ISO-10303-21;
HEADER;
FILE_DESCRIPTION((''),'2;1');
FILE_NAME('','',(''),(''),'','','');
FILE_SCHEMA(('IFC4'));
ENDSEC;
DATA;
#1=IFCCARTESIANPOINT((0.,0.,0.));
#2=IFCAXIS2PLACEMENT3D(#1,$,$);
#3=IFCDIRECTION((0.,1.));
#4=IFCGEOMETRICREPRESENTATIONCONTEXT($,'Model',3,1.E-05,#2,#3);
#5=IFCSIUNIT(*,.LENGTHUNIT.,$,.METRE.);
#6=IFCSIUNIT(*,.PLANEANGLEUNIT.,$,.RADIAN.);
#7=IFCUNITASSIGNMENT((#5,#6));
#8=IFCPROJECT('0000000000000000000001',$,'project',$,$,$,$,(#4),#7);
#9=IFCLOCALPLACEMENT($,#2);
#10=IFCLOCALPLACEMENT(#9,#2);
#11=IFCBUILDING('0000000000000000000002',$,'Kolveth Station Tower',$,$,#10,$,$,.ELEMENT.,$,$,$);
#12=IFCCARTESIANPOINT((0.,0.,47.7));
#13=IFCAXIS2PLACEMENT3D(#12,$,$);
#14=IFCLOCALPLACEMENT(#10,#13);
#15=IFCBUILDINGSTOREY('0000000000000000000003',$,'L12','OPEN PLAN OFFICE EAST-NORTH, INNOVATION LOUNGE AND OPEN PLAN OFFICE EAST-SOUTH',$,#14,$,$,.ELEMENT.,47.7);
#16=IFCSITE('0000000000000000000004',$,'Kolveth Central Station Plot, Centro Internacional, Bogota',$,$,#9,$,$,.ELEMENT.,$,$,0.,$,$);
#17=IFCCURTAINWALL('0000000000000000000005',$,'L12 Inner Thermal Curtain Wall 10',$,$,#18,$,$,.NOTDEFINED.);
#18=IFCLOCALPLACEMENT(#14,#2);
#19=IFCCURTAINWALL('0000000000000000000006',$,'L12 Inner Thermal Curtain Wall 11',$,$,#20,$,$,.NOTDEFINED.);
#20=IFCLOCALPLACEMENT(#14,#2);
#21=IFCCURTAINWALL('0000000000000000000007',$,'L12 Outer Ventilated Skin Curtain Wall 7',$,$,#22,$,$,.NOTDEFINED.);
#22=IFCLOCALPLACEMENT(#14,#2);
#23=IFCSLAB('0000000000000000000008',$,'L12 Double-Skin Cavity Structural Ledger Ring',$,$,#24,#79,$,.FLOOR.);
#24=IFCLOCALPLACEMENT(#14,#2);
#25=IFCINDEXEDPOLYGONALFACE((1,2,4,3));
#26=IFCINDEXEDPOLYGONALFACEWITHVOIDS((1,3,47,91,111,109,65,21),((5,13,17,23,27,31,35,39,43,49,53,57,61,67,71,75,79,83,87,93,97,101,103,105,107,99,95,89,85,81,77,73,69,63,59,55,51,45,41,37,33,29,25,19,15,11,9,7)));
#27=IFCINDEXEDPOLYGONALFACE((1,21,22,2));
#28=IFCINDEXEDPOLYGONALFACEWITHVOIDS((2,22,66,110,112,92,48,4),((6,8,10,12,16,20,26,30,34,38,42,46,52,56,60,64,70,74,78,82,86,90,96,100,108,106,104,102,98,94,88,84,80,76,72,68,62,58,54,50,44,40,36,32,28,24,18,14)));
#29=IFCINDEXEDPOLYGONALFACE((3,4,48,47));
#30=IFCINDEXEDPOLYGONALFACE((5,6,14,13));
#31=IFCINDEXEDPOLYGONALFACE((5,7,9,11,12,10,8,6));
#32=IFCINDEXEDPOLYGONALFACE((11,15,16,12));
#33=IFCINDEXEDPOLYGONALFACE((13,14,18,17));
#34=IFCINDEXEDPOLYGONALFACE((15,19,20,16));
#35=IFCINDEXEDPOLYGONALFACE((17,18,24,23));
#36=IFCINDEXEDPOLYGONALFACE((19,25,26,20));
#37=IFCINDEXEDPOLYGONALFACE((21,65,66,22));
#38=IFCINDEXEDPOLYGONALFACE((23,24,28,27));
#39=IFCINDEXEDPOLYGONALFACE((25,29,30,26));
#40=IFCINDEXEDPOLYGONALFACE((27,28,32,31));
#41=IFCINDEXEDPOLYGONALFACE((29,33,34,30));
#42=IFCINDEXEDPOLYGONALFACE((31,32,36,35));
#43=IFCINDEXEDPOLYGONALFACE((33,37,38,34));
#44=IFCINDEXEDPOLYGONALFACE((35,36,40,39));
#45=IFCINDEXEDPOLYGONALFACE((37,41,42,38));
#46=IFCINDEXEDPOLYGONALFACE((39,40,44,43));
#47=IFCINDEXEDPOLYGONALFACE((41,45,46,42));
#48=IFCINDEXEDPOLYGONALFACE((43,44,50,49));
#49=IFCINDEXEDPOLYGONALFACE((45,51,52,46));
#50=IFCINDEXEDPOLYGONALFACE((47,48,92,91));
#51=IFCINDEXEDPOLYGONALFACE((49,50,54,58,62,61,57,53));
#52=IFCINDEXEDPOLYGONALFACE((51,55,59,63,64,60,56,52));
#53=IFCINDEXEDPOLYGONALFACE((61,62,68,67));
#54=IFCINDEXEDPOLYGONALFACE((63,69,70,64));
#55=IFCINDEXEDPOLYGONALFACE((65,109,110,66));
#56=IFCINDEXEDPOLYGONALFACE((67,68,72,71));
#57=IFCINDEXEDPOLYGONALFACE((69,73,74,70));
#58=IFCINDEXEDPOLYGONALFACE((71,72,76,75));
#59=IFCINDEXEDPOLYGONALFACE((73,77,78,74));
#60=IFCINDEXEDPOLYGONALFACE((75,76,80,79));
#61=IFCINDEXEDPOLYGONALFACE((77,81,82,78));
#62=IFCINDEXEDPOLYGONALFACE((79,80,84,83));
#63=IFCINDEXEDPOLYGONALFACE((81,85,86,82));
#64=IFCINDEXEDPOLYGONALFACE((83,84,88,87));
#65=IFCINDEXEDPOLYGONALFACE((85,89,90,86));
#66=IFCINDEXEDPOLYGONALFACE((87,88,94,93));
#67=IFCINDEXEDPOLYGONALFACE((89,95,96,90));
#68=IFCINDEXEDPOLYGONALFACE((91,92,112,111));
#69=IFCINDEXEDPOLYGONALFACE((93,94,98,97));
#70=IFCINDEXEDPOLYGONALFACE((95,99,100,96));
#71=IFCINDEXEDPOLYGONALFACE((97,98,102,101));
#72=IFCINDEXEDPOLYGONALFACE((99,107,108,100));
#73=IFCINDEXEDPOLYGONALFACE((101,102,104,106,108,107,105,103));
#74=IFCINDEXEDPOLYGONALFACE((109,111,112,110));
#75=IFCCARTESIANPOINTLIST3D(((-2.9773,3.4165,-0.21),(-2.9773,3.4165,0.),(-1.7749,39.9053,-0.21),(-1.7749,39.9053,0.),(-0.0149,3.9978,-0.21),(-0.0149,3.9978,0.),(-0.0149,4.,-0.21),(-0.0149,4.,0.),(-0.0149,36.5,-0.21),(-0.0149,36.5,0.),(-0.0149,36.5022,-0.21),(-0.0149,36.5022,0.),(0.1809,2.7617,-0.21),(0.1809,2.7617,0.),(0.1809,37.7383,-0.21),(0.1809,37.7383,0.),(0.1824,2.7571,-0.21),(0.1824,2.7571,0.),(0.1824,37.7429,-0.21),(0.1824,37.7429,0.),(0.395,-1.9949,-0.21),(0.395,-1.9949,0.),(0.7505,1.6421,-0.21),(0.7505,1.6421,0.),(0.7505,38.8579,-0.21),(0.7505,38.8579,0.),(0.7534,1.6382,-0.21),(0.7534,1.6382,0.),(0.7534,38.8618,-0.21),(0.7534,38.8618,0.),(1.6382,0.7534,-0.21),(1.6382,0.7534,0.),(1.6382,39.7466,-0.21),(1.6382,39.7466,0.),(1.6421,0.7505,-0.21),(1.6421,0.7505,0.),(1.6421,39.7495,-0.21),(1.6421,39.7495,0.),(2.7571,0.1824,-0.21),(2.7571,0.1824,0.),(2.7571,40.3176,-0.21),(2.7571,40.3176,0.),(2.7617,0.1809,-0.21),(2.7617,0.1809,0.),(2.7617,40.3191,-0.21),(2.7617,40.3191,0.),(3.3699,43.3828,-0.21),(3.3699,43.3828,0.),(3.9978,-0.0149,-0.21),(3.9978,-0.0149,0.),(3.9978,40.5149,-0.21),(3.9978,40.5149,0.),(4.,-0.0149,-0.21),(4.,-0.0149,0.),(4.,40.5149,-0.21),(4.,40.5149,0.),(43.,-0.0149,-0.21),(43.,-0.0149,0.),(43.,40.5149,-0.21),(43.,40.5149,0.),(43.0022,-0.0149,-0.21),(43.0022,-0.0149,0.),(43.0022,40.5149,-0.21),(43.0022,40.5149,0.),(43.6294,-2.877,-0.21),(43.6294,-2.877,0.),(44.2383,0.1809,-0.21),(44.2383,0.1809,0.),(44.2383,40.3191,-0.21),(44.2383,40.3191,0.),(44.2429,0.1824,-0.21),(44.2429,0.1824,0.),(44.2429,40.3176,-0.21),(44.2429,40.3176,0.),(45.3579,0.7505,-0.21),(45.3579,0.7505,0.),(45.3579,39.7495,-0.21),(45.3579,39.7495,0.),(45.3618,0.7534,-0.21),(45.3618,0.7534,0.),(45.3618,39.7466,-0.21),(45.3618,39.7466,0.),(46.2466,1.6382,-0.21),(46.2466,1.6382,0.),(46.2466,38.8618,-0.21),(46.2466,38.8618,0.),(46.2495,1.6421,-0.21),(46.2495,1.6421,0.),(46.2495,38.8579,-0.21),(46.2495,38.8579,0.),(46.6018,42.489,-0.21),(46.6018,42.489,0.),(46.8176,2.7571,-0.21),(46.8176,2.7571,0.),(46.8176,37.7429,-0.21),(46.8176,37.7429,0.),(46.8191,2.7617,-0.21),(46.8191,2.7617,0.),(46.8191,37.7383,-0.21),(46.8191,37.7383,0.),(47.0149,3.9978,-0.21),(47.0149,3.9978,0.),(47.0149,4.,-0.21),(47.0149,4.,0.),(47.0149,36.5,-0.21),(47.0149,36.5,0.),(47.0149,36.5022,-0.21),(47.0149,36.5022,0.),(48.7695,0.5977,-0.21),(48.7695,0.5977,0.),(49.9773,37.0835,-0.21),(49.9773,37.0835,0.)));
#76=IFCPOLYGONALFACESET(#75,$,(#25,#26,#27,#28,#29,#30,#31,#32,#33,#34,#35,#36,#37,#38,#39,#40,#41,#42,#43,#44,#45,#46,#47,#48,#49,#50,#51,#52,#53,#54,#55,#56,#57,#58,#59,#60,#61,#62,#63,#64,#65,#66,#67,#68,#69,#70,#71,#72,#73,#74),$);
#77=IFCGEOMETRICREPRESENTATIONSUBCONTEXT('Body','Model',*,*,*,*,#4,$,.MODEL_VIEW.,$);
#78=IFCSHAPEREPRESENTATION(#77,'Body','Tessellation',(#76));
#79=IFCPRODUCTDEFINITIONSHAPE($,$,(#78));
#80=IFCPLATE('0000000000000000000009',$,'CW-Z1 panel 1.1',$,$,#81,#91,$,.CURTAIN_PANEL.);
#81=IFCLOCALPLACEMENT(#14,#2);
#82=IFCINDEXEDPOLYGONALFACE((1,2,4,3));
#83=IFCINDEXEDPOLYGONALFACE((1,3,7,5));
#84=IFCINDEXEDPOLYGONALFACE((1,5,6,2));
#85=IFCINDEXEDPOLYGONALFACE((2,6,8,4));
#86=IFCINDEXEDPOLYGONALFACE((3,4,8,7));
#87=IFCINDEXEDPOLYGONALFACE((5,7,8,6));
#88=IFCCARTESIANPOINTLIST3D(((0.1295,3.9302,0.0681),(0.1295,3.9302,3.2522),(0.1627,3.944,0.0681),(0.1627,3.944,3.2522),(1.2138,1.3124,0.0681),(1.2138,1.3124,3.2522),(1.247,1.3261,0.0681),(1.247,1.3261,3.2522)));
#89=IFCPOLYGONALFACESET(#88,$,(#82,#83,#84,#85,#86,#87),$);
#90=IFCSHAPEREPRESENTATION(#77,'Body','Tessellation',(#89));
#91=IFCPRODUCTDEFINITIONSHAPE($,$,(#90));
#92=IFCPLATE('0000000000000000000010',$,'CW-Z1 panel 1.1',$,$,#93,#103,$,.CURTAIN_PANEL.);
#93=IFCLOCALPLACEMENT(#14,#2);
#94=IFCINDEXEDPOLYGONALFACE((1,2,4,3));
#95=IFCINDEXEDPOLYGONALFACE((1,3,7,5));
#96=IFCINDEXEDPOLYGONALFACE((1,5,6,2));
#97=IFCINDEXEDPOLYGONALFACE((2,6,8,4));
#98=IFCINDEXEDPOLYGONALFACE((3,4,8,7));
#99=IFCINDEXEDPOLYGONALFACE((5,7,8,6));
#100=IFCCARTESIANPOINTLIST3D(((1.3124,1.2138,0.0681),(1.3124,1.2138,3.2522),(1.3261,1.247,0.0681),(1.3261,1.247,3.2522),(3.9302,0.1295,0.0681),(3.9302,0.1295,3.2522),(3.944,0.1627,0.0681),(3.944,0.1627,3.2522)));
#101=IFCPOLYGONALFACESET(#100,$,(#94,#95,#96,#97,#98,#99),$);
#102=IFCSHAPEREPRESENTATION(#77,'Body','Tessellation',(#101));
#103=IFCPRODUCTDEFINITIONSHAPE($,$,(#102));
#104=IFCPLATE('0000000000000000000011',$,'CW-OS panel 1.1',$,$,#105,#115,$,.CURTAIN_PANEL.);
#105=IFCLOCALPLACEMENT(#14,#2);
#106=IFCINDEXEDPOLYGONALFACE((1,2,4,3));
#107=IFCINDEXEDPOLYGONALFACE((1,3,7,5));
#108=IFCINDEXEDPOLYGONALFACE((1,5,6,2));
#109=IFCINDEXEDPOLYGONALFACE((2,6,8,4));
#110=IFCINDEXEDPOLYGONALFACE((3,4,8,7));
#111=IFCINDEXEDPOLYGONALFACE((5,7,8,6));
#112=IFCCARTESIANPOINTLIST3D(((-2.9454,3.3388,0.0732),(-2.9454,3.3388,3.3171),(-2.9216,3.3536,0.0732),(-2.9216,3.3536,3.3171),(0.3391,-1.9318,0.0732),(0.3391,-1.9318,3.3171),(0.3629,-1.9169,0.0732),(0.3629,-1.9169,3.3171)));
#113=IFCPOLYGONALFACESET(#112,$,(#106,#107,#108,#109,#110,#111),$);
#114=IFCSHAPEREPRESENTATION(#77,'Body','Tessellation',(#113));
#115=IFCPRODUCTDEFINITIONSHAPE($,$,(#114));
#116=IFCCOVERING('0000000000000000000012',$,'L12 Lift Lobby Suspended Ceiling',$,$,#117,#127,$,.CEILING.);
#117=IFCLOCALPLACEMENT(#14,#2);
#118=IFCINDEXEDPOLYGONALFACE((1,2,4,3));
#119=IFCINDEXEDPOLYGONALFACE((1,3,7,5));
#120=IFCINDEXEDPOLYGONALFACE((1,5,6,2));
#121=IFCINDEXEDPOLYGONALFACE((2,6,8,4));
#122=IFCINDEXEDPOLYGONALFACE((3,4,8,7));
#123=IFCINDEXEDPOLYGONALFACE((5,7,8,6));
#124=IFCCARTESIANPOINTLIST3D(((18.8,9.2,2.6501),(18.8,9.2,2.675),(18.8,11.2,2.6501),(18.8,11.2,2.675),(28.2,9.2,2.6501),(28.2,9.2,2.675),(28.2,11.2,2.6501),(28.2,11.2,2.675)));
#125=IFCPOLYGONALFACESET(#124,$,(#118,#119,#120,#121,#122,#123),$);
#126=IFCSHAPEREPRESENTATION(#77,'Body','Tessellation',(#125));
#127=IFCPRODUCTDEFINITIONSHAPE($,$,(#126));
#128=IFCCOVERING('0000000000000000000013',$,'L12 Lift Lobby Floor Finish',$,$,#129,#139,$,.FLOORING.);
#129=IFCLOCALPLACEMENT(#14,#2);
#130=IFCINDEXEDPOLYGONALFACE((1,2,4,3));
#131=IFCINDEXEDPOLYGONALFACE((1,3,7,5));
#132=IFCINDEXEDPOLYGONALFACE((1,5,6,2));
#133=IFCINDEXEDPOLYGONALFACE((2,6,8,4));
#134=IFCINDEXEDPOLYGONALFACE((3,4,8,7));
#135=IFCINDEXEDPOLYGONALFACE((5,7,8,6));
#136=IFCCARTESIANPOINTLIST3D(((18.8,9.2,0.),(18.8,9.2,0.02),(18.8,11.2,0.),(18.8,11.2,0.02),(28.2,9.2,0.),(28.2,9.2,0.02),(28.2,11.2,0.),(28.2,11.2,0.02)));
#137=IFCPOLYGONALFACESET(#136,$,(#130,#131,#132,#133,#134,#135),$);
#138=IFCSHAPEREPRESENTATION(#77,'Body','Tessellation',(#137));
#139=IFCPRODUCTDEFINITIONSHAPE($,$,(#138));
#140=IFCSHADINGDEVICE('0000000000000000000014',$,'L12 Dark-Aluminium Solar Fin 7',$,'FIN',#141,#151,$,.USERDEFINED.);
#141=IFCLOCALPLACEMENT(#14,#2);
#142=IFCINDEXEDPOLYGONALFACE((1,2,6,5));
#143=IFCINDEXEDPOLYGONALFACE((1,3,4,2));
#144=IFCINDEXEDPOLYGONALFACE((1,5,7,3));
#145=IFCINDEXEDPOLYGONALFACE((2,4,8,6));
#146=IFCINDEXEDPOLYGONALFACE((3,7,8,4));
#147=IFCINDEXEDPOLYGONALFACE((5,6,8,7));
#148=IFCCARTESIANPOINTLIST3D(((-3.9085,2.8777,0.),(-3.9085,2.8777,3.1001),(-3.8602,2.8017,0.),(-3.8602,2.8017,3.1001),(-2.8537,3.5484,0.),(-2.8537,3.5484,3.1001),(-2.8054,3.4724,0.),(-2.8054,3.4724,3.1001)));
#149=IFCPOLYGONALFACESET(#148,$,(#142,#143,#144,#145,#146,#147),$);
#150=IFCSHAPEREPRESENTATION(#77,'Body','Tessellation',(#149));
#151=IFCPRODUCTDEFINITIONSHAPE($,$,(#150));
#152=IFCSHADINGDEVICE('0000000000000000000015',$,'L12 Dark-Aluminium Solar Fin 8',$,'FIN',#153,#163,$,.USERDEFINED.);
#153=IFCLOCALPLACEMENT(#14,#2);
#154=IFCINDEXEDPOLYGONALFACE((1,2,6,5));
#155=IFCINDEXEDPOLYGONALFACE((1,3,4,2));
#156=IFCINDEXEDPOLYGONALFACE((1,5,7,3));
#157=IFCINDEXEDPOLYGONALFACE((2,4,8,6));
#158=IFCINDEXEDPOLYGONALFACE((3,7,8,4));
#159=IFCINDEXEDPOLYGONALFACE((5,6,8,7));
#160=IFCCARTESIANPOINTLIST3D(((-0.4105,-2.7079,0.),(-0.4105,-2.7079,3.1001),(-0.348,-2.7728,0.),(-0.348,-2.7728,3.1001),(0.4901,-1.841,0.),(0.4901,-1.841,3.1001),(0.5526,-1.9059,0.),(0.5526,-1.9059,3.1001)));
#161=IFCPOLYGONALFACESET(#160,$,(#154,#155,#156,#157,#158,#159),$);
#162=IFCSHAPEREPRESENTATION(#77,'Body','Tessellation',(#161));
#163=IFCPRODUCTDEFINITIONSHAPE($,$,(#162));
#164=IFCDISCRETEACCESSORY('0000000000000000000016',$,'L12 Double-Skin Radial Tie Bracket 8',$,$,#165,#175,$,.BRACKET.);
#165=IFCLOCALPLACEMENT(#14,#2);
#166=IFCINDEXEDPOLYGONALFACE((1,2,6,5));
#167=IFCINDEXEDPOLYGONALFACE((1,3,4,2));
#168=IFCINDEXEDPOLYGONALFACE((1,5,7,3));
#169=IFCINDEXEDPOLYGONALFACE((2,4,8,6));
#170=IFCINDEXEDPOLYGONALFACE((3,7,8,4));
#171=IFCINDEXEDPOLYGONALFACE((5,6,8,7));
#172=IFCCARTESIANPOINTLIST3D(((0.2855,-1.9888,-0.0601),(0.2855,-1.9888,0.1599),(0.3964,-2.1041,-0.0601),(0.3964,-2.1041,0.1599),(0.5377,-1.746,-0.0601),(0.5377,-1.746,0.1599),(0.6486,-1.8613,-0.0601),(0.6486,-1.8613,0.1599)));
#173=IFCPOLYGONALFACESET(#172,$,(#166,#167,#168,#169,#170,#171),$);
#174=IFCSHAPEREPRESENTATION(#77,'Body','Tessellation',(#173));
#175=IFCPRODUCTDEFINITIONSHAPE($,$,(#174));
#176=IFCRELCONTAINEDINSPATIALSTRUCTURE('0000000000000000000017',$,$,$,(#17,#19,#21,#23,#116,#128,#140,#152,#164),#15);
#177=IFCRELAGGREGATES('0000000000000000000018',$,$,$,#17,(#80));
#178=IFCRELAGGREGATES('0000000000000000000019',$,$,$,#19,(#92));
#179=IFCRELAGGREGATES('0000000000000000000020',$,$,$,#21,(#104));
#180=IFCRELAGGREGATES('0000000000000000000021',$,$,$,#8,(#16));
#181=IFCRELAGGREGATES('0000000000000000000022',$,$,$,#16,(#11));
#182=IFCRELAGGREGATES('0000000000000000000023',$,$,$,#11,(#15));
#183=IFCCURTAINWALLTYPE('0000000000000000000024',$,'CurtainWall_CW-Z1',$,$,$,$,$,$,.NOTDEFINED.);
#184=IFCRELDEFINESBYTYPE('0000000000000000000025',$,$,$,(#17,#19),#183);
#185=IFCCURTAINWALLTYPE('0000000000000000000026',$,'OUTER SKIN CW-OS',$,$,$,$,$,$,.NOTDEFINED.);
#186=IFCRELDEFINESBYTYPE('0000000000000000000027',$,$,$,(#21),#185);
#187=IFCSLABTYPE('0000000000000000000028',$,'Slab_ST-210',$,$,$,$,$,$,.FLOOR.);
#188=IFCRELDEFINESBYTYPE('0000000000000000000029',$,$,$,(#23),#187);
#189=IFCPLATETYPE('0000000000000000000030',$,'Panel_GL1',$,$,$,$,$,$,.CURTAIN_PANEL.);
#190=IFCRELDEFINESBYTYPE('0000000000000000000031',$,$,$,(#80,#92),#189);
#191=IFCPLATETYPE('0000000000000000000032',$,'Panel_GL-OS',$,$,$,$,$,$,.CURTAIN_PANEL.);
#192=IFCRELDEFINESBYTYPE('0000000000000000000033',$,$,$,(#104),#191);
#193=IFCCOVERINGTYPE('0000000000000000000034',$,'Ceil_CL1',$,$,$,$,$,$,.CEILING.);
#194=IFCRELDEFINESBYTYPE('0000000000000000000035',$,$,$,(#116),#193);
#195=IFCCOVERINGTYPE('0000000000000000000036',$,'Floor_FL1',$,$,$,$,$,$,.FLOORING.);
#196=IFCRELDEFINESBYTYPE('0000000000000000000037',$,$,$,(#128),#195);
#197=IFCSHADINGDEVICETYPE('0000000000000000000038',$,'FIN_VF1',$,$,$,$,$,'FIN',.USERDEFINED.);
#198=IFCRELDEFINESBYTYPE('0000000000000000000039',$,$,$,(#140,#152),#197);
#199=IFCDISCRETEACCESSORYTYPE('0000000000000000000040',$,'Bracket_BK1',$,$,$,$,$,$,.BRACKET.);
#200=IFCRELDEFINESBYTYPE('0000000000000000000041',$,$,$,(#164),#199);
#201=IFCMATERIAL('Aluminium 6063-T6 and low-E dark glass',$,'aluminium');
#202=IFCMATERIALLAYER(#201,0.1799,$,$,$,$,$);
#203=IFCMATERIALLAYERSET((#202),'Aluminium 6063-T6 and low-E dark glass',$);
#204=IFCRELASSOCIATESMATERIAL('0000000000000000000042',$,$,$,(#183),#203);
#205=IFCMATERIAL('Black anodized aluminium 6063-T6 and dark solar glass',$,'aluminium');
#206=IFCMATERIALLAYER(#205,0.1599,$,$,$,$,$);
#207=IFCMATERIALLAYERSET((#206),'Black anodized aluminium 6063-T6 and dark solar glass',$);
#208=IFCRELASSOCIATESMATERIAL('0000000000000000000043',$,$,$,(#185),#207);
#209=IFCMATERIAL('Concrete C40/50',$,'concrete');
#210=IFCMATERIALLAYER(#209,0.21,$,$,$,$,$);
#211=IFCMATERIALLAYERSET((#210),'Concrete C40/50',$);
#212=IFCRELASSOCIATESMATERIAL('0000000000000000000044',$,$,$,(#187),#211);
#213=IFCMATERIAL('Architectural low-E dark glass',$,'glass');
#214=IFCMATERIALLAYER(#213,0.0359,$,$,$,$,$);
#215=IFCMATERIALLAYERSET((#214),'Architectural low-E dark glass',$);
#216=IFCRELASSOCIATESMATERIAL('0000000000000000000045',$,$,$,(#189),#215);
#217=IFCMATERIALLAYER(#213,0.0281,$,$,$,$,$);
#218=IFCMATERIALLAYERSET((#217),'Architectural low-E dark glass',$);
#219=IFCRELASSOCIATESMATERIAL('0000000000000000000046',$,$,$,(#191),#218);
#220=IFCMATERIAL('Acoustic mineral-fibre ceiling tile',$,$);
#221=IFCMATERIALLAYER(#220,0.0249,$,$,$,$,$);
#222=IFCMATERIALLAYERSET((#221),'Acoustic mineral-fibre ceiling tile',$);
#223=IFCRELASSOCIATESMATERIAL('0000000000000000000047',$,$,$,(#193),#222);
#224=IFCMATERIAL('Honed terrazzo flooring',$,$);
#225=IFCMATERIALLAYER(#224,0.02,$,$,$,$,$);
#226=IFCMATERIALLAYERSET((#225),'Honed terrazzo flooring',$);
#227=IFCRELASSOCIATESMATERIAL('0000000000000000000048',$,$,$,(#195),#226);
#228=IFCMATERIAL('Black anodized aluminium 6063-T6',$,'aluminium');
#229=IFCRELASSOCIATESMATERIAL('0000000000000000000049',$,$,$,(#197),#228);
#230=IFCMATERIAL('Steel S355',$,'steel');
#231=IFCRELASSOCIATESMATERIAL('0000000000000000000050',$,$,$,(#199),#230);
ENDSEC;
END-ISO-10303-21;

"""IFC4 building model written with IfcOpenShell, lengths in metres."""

from ifc_helpers import new_model, si_unit, direction, frame, origin, origin_2d, place, context, subcontext, project, spatial, polyline, rectangle, outline, extrude, source, transform, mapped, material, layer, layer_set, type_object, element, aggregate, save


model = new_model("IFC4")

# Units and contexts
model_context = context("Model", 3, precision=1e-05, world=origin(), true_north=direction((0.0, 1.0)))
body_context = subcontext(model_context, "Body", "Model", "MODEL_VIEW")
ifc_project = project(units=[si_unit("LENGTHUNIT", "METRE"), si_unit("PLANEANGLEUNIT", "RADIAN")], contexts=[model_context])

# Site, building, storey
site_placement = place(None, origin())
site = spatial("IfcSite", under=ifc_project, at=site_placement, Name="Kolveth Central Station Plot, Centro Internacional, Bogota", CompositionType="ELEMENT", RefElevation=0.0)
building_placement = place(site_placement, origin())
building = spatial("IfcBuilding", under=site, at=building_placement, Name="Kolveth Station Tower", CompositionType="ELEMENT")
storey_placement = place(building_placement, frame((0.0, 0.0, 47.7)))
storey = spatial("IfcBuildingStorey", under=building, at=storey_placement, Name="L12", Description="OPEN PLAN OFFICE EAST-NORTH, INNOVATION LOUNGE AND OPEN PLAN OFFICE EAST-SOUTH", CompositionType="ELEMENT", Elevation=47.7)

# Shared definitions
ifc_material_1 = material(Name="Steel S355", Category="steel")

# Curtain wall
ifc_material_2 = material(Name="Aluminium 6063-T6 and low-E dark glass", Category="aluminium")
ifc_layer_1 = layer(ifc_material_2, 0.1799)
ifc_layer_set_1 = layer_set([ifc_layer_1], Name="Aluminium 6063-T6 and low-E dark glass")
curtain_wall_type_1 = type_object("IfcCurtainWallType", Name="CurtainWall_CW-Z1", PredefinedType="NOTDEFINED", material=ifc_layer_set_1)
curtain_wall_1_placement = place(storey_placement, origin())
curtain_wall_1 = element("IfcCurtainWall", 1, at=curtain_wall_1_placement, inside=storey, type_object=curtain_wall_type_1, Name="L12 Inner Thermal Curtain Wall 10", PredefinedType="NOTDEFINED")
ifc_material_3 = material(Name="Black anodized aluminium 6063-T6", Category="aluminium")

# Curtain wall
curtain_wall_2_placement = place(storey_placement, origin())
curtain_wall_2 = element("IfcCurtainWall", 2, at=curtain_wall_2_placement, inside=storey, type_object=curtain_wall_type_1, Name="L12 Inner Thermal Curtain Wall 11", PredefinedType="NOTDEFINED")

# Curtain wall
ifc_material_4 = material(Name="Black anodized aluminium 6063-T6 and dark solar glass", Category="aluminium")
ifc_layer_2 = layer(ifc_material_4, 0.1599)
ifc_layer_set_2 = layer_set([ifc_layer_2], Name="Black anodized aluminium 6063-T6 and dark solar glass")
curtain_wall_type_2 = type_object("IfcCurtainWallType", Name="OUTER SKIN CW-OS", PredefinedType="NOTDEFINED", material=ifc_layer_set_2)
curtain_wall_3_placement = place(storey_placement, origin())
curtain_wall_3 = element("IfcCurtainWall", 3, at=curtain_wall_3_placement, inside=storey, type_object=curtain_wall_type_2, Name="L12 Outer Ventilated Skin Curtain Wall 7", PredefinedType="NOTDEFINED")

# Shared definitions
ifc_material_5 = material(Name="Concrete C40/50", Category="concrete")

# Slab
ifc_layer_3 = layer(ifc_material_5, 0.21)
ifc_layer_set_3 = layer_set([ifc_layer_3], Name="Concrete C40/50")
slab_type_1 = type_object("IfcSlabType", Name="Slab_ST-210", PredefinedType="FLOOR", material=ifc_layer_set_3)
slab_1_placement = place(storey_placement, frame((0.0, 0.0, -0.21)))
element("IfcSlab", 4, at=slab_1_placement, inside=storey, type_object=slab_type_1, Name="L12 Double-Skin Cavity Structural Ledger Ring", PredefinedType="FLOOR", context=body_context, shape_type="SweptSolid", body=[
    extrude(outline(polyline([(0.395, -1.9949), (-2.9773, 3.4165), (-1.7749, 39.9053), (3.3699, 43.3828), (46.6018, 42.489), (49.9773, 37.0835), (48.7695, 0.5977), (43.6294, -2.877), (0.395, -1.9949)]), holes=[polyline([(43.0022, -0.0149), (44.2383, 0.1809), (44.2429, 0.1824), (45.3579, 0.7505), (45.3618, 0.7534), (46.2466, 1.6382), (46.2495, 1.6421), (46.8176, 2.7571), (46.8191, 2.7617), (47.0149, 3.9978), (47.0149, 4.0), (47.0149, 36.5), (47.0149, 36.5022), (46.8191, 37.7383), (46.8176, 37.7429), (46.2495, 38.8579), (46.2466, 38.8618), (45.3618, 39.7466), (45.3579, 39.7495), (44.2429, 40.3176), (44.2383, 40.3191), (43.0022, 40.5149), (43.0, 40.5149), (4.0, 40.5149), (3.9978, 40.5149), (2.7617, 40.3191), (2.7571, 40.3176), (1.6421, 39.7495), (1.6382, 39.7466), (0.7534, 38.8618), (0.7505, 38.8579), (0.1824, 37.7429), (0.1809, 37.7383), (-0.0149, 36.5022), (-0.0149, 36.5), (-0.0149, 4.0), (-0.0149, 3.9978), (0.1809, 2.7617), (0.1824, 2.7571), (0.7505, 1.6421), (0.7534, 1.6382), (1.6382, 0.7534), (1.6421, 0.7505), (2.7571, 0.1824), (2.7617, 0.1809), (3.9978, -0.0149), (4.0, -0.0149), (43.0, -0.0149), (43.0022, -0.0149)])]), origin(), (0.0, 0.0, 1.0), 0.21),
])

# Plates
ifc_material_6 = material(Name="Architectural low-E dark glass", Category="glass")
ifc_layer_4 = layer(ifc_material_6, 0.0359)
ifc_layer_set_4 = layer_set([ifc_layer_4], Name="Architectural low-E dark glass")
plate_type_1 = type_object("IfcPlateType", Name="Panel_GL1", PredefinedType="CURTAIN_PANEL", material=ifc_layer_set_4)
shared_shape_1 = source(origin(), body_context, "Body", "SweptSolid", [
    extrude(rectangle(XDim=2.8335, YDim=0.0359, at=origin_2d()), origin(), (0.0, 0.0, 1.0), 3.1841),
])
plate_1_placement = place(storey_placement, frame((0.6882, 2.6282, 0.0681), z_axis=(0.0, 0.0, 1.0), x_axis=(0.382673, -0.923884, 0.0)))
plate_1 = element("IfcPlate", 5, at=plate_1_placement, type_object=plate_type_1, Name="CW-Z1 panel 1.1", PredefinedType="CURTAIN_PANEL", context=body_context, shape_type="MappedRepresentation", body=[
    mapped(shared_shape_1, transform((0.0, 0.0, 0.0), x_axis=(1.0, 0.0, 0.0), y_axis=(0.0, 1.0, 0.0), z_axis=(0.0, 0.0, 1.0), scale=1.0)),
])
aggregate(curtain_wall_1, [plate_1])
plate_2_placement = place(storey_placement, frame((2.6282, 0.6882, 0.0681), z_axis=(0.0, 0.0, 1.0), x_axis=(0.923884, -0.382673, 0.0)))
plate_2 = element("IfcPlate", 6, at=plate_2_placement, type_object=plate_type_1, Name="CW-Z1 panel 1.1", PredefinedType="CURTAIN_PANEL", context=body_context, shape_type="MappedRepresentation", body=[
    mapped(shared_shape_1, transform((0.0, 0.0, 0.0), x_axis=(1.0, 0.0, 0.0), y_axis=(0.0, 1.0, 0.0), z_axis=(0.0, 0.0, 1.0), scale=1.0)),
])
aggregate(curtain_wall_2, [plate_2])
ifc_layer_5 = layer(ifc_material_6, 0.0281)
ifc_layer_set_5 = layer_set([ifc_layer_5], Name="Architectural low-E dark glass")
plate_type_2 = type_object("IfcPlateType", Name="Panel_GL-OS", PredefinedType="CURTAIN_PANEL", material=ifc_layer_set_5)
shared_shape_2 = source(origin(), body_context, "Body", "SweptSolid", [
    extrude(rectangle(XDim=6.2102, YDim=0.0281, at=origin_2d()), origin(), (0.0, 0.0, 1.0), 3.2439),
])
plate_3_placement = place(storey_placement, frame((-1.2913, 0.7109, 0.0732), z_axis=(0.0, 0.0, 1.0), x_axis=(0.52889, -0.84869, 0.0)))
plate_3 = element("IfcPlate", 7, at=plate_3_placement, type_object=plate_type_2, Name="CW-OS panel 1.1", PredefinedType="CURTAIN_PANEL", context=body_context, shape_type="MappedRepresentation", body=[
    mapped(shared_shape_2, transform((0.0, 0.0, 0.0), x_axis=(1.0, 0.0, 0.0), y_axis=(0.0, 1.0, 0.0), z_axis=(0.0, 0.0, 1.0), scale=1.0)),
])
aggregate(curtain_wall_3, [plate_3])

# Coverings
ifc_material_7 = material(Name="Acoustic mineral-fibre ceiling tile")
ifc_layer_6 = layer(ifc_material_7, 0.0249)
ifc_layer_set_6 = layer_set([ifc_layer_6], Name="Acoustic mineral-fibre ceiling tile")
covering_type_1 = type_object("IfcCoveringType", Name="Ceil_CL1", PredefinedType="CEILING", material=ifc_layer_set_6)
covering_1_placement = place(storey_placement, frame((0.0, 0.0, 2.6501)))
element("IfcCovering", 8, at=covering_1_placement, inside=storey, type_object=covering_type_1, Name="L12 Lift Lobby Suspended Ceiling", PredefinedType="CEILING", context=body_context, shape_type="SweptSolid", body=[
    extrude(outline(polyline([(18.8, 9.2), (28.2, 9.2), (28.2, 11.2), (18.8, 11.2), (18.8, 9.2)])), origin(), (0.0, 0.0, 1.0), 0.0249),
])
ifc_material_8 = material(Name="Honed terrazzo flooring")
ifc_layer_7 = layer(ifc_material_8, 0.02)
ifc_layer_set_7 = layer_set([ifc_layer_7], Name="Honed terrazzo flooring")
covering_type_2 = type_object("IfcCoveringType", Name="Floor_FL1", PredefinedType="FLOORING", material=ifc_layer_set_7)
covering_2_placement = place(storey_placement, origin())
element("IfcCovering", 9, at=covering_2_placement, inside=storey, type_object=covering_type_2, Name="L12 Lift Lobby Floor Finish", PredefinedType="FLOORING", context=body_context, shape_type="SweptSolid", body=[
    extrude(outline(polyline([(18.8, 9.2), (28.2, 9.2), (28.2, 11.2), (18.8, 11.2), (18.8, 9.2)])), origin(), (0.0, 0.0, 1.0), 0.02),
])

# Shading devices
shading_device_type = type_object("IfcShadingDeviceType", Name="FIN_VF1", ElementType="FIN", PredefinedType="USERDEFINED", material=ifc_material_3)
shared_shape_3 = source(origin(), body_context, "Body", "SweptSolid", [
    extrude(rectangle(XDim=1.25, YDim=0.0901, at=origin_2d()), origin(), (0.0, 0.0, 1.0), 3.1001),
])
for number, where, z_axis, x_axis, name in (
    (10, (-3.3569, 3.175, 0.0), (0.0, 0.0, 1.0), (-0.84386, -0.536563, 0.0), "L12 Dark-Aluminium Solar Fin 7"),
    (11, (0.071, -2.3069, 0.0), (0.0, 0.0, 1.0), (-0.72043, -0.693528, 0.0), "L12 Dark-Aluminium Solar Fin 8"),
):
    element("IfcShadingDevice", number, at=place(storey_placement, frame(where, z_axis=z_axis, x_axis=x_axis)), inside=storey, type_object=shading_device_type, Name=name, ObjectType="FIN", PredefinedType="USERDEFINED", context=body_context, shape_type="MappedRepresentation", body=[
        mapped(shared_shape_3, transform((0.0, 0.0, 0.0), x_axis=(1.0, 0.0, 0.0), y_axis=(0.0, 1.0, 0.0), z_axis=(0.0, 0.0, 1.0), scale=1.0)),
    ])

# Discrete accessory
discrete_accessory_type = type_object("IfcDiscreteAccessoryType", Name="Bracket_BK1", PredefinedType="BRACKET", material=ifc_material_1)
shared_shape_4 = source(origin(), body_context, "Body", "SweptSolid", [
    extrude(rectangle(XDim=0.3501, YDim=0.1599, at=origin_2d()), origin(), (0.0, 0.0, 1.0), 0.22),
])
discrete_accessory_placement = place(storey_placement, frame((0.467, -1.925, -0.0601), z_axis=(0.0, 0.0, 1.0), x_axis=(-0.72043, -0.693528, 0.0)))
element("IfcDiscreteAccessory", 12, at=discrete_accessory_placement, inside=storey, type_object=discrete_accessory_type, Name="L12 Double-Skin Radial Tie Bracket 8", PredefinedType="BRACKET", context=body_context, shape_type="MappedRepresentation", body=[
    mapped(shared_shape_4, transform((0.0, 0.0, 0.0), x_axis=(1.0, 0.0, 0.0), y_axis=(0.0, 1.0, 0.0), z_axis=(0.0, 0.0, 1.0), scale=1.0)),
])

save(model, "model.ifc")
